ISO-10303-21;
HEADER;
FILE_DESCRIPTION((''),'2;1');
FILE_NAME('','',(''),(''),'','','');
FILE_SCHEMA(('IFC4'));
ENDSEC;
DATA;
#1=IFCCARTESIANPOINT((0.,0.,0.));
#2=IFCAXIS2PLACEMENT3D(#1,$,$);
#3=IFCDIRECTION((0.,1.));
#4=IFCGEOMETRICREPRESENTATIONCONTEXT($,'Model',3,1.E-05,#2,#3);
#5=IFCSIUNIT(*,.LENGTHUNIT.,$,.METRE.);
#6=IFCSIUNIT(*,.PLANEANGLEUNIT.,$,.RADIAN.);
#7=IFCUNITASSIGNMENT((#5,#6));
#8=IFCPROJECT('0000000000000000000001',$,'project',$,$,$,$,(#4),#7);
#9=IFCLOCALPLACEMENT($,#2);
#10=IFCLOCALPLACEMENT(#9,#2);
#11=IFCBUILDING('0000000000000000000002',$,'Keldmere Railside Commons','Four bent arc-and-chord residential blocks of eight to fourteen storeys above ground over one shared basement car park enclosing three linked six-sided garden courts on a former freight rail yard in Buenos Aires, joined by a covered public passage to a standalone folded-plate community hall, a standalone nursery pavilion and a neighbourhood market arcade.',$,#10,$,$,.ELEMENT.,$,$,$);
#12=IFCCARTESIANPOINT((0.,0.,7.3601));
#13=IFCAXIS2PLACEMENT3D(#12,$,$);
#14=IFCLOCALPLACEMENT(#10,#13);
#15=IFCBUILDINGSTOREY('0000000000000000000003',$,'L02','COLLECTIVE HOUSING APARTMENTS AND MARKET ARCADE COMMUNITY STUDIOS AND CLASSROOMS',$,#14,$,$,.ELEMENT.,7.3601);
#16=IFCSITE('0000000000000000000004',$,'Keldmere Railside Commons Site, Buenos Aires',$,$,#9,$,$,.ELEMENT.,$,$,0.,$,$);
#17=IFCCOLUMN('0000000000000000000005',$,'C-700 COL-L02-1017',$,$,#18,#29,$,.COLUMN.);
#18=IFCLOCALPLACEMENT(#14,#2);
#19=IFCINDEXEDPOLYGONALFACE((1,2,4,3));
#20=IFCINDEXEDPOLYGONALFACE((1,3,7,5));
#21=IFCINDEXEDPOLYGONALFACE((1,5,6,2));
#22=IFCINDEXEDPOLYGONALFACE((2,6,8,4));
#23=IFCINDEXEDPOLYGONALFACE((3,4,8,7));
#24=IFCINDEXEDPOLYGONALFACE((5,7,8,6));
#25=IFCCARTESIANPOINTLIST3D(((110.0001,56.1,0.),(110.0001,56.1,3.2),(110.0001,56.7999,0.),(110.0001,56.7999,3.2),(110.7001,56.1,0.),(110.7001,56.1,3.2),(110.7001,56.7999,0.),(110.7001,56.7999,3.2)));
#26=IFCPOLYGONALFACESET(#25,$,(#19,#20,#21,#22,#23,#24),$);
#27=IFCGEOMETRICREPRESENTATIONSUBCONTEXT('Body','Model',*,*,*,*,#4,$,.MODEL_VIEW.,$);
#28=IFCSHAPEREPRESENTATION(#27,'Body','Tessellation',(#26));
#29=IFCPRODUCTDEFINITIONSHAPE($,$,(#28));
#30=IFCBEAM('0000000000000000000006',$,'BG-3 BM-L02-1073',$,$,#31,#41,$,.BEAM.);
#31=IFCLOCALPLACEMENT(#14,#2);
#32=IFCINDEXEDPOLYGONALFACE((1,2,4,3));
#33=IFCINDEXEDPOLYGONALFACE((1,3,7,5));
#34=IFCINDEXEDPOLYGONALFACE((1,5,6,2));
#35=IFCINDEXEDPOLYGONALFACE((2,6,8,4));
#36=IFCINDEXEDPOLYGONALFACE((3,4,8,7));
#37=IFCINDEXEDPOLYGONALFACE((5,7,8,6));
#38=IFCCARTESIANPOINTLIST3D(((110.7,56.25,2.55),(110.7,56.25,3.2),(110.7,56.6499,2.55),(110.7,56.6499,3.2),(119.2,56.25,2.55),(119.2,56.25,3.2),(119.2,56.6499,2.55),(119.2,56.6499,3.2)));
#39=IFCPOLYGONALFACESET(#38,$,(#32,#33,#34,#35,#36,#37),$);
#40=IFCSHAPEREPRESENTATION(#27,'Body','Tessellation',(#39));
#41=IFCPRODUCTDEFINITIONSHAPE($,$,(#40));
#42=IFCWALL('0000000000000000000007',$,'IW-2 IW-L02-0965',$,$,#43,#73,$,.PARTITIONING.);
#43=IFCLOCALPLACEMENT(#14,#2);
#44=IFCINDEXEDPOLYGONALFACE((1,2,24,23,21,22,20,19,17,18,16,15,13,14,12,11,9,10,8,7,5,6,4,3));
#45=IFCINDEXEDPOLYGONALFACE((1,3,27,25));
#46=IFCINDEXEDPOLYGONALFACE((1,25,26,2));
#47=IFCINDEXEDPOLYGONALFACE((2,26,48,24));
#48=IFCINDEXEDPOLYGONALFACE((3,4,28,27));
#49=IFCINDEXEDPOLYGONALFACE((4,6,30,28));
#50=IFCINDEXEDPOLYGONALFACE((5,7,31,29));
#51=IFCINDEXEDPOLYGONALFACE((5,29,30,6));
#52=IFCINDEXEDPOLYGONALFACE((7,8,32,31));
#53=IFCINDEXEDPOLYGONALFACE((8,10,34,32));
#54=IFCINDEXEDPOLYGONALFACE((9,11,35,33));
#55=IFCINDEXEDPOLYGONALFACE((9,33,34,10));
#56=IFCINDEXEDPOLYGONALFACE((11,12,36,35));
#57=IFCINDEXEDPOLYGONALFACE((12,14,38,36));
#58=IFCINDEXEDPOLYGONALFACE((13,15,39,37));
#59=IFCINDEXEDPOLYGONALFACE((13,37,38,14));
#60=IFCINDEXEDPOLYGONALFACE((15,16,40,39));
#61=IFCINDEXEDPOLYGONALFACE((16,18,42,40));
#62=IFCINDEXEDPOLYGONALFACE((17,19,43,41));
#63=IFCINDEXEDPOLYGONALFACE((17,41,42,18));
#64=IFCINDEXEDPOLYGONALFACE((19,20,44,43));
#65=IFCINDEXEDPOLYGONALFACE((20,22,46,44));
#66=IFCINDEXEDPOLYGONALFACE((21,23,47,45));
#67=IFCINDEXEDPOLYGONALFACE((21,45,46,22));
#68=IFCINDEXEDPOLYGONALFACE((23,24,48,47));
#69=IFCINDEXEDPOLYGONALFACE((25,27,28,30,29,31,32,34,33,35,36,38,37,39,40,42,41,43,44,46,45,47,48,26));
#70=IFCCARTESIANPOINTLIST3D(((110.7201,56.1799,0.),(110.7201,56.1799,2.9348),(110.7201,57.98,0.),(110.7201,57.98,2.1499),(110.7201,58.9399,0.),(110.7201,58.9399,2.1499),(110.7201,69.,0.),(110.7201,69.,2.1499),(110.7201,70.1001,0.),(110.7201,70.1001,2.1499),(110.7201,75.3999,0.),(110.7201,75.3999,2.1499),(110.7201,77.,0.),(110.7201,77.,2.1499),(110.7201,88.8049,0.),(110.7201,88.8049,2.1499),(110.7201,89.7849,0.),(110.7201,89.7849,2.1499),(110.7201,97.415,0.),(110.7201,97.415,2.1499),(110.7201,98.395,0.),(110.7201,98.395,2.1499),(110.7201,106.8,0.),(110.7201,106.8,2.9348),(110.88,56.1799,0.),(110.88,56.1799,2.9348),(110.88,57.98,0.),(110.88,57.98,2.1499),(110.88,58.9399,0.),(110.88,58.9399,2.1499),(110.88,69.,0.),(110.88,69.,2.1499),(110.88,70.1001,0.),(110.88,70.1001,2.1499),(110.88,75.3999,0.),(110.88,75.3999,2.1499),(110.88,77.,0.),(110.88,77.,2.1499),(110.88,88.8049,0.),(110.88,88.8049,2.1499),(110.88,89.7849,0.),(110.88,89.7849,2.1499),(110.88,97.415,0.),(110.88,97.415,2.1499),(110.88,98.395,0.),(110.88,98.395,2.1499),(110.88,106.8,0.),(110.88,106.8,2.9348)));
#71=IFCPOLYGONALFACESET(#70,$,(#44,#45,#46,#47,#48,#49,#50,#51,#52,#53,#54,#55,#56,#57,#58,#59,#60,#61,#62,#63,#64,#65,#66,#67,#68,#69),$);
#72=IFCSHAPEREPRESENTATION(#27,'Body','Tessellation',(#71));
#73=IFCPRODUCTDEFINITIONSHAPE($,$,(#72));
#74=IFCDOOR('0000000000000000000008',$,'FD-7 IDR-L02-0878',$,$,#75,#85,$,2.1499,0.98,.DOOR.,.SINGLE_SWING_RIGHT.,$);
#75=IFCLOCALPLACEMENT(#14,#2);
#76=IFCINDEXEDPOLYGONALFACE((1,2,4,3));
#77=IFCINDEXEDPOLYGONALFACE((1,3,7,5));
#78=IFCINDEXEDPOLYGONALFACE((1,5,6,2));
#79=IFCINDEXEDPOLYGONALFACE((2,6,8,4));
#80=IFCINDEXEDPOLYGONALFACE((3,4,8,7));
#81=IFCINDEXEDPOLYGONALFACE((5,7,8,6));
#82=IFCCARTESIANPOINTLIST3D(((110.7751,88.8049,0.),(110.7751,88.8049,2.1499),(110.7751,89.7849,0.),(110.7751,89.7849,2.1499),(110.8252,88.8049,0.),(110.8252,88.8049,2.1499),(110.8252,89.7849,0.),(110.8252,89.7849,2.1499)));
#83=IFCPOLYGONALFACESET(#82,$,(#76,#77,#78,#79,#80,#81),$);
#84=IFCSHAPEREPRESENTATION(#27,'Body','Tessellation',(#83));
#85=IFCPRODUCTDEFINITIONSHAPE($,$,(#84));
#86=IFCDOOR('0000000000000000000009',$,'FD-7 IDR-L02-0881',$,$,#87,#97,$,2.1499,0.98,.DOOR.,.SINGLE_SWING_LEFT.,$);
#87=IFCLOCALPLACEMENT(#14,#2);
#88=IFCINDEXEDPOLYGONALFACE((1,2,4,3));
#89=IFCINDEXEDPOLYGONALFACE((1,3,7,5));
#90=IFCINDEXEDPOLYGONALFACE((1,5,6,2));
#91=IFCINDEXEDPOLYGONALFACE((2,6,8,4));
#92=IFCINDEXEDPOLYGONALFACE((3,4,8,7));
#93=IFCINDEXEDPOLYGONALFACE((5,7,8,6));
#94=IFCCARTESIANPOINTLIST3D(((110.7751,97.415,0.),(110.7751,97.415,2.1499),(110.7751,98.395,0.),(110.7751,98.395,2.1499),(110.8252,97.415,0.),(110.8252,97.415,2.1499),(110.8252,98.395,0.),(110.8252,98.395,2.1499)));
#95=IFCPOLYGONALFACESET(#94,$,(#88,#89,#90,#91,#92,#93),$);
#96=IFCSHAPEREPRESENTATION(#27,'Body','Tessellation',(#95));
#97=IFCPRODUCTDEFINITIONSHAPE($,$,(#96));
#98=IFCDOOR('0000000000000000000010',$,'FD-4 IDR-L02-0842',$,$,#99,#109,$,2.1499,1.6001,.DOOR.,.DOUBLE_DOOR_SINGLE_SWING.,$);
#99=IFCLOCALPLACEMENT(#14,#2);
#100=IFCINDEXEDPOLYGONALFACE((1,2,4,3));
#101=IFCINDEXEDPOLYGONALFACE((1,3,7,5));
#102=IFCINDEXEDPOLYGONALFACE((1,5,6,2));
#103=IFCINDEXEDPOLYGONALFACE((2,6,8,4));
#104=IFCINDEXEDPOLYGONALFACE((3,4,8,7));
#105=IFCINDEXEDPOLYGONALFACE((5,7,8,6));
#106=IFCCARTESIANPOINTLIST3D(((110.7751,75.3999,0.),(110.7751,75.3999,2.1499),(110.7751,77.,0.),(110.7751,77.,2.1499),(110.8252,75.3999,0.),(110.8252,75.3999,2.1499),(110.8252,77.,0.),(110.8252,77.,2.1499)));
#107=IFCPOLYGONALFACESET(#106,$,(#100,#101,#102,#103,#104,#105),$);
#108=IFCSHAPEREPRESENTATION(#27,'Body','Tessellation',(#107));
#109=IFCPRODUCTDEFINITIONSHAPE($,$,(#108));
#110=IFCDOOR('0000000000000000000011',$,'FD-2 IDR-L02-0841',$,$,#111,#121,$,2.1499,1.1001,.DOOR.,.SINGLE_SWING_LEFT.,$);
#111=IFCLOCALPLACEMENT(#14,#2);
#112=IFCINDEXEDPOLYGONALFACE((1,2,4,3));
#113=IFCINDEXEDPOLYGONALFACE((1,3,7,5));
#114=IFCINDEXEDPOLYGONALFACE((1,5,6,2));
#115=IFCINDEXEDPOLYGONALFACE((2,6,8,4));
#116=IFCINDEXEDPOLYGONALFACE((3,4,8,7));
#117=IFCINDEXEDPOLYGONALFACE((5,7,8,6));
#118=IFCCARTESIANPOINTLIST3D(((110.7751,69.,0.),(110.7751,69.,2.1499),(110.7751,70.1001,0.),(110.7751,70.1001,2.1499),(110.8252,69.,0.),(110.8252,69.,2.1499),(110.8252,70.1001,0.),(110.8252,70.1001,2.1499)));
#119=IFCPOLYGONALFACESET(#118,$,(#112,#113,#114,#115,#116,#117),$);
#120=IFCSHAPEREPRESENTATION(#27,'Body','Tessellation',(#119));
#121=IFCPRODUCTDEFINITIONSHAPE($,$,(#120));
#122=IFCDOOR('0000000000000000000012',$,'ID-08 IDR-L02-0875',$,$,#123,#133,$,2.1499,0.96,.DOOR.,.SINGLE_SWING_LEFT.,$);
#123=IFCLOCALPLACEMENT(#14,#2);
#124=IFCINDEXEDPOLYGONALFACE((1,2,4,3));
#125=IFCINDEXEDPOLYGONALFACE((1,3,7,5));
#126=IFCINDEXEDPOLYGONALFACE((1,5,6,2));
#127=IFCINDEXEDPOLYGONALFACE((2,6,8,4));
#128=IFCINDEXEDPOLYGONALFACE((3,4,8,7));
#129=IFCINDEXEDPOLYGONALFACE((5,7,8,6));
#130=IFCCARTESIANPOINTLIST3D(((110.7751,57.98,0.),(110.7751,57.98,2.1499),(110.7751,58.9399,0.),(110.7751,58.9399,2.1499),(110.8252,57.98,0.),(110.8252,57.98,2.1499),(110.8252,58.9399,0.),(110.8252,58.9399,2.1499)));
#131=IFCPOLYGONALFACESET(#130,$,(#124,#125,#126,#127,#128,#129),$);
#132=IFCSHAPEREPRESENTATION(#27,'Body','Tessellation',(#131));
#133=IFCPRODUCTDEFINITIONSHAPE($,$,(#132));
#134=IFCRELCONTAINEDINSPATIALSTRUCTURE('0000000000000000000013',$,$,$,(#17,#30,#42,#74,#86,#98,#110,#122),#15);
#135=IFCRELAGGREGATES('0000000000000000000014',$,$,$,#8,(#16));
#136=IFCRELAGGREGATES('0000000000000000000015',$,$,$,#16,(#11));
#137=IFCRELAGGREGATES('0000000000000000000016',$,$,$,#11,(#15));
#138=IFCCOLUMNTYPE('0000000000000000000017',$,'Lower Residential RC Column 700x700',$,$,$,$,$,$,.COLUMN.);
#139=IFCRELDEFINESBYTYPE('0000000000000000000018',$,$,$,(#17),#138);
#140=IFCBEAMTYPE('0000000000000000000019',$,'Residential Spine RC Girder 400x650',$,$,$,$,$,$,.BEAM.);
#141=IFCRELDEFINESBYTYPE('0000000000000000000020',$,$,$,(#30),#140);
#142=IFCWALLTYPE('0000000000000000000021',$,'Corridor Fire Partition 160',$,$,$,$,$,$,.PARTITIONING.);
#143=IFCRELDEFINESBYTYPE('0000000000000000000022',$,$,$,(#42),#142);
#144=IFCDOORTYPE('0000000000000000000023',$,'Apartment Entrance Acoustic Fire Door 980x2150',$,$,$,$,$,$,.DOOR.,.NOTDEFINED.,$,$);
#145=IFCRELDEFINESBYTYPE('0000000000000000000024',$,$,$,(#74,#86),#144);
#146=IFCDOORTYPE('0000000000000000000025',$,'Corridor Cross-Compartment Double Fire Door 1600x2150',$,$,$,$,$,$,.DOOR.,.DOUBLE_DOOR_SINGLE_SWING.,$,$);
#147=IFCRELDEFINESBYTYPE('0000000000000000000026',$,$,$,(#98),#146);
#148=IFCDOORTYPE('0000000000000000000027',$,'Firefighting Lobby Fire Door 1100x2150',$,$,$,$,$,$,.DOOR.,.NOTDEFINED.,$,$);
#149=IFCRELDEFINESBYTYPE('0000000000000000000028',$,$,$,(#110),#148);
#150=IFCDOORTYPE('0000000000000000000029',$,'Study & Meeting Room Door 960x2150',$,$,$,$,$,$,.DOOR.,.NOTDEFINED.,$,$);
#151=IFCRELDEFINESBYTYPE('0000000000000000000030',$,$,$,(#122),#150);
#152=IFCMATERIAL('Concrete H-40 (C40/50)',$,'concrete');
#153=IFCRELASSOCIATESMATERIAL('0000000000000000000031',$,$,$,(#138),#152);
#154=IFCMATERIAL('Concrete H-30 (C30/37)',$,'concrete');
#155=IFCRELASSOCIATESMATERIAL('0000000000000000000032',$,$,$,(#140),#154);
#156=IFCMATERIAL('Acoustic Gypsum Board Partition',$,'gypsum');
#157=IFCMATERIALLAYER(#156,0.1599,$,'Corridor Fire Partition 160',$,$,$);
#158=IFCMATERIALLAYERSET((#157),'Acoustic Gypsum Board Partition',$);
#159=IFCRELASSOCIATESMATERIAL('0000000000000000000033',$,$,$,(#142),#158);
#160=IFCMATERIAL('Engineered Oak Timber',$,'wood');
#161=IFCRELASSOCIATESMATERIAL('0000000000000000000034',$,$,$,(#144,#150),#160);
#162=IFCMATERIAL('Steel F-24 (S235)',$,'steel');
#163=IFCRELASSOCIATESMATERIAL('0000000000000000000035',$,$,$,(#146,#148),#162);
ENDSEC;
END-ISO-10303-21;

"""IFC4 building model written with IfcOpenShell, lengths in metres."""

from ifc_helpers import new_model, si_unit, direction, frame, frame_2d, origin, origin_2d, place, context, subcontext, project, spatial, rectangle, extrude, material, layer, layer_set, material_profile, profile_set, type_object, element, fill, save


model = new_model("IFC4")

# Units and contexts
model_context = context("Model", 3, precision=1e-05, world=origin(), true_north=direction((0.0, 1.0)))
body_context = subcontext(model_context, "Body", "Model", "MODEL_VIEW")
ifc_project = project(units=[si_unit("LENGTHUNIT", "METRE"), si_unit("PLANEANGLEUNIT", "RADIAN")], contexts=[model_context])

# Site, building, storey
site_placement = place(None, origin())
site = spatial("IfcSite", under=ifc_project, at=site_placement, Name="Keldmere Railside Commons Site, Buenos Aires", CompositionType="ELEMENT", RefElevation=0.0)
building_placement = place(site_placement, origin())
building = spatial("IfcBuilding", under=site, at=building_placement, Name="Keldmere Railside Commons", Description="Four bent arc-and-chord residential blocks of eight to fourteen storeys above ground over one shared basement car park enclosing three linked six-sided garden courts on a former freight rail yard in Buenos Aires, joined by a covered public passage to a standalone folded-plate community hall, a standalone nursery pavilion and a neighbourhood market arcade.", CompositionType="ELEMENT")
storey_placement = place(building_placement, frame((0.0, 0.0, 7.3601)))
storey = spatial("IfcBuildingStorey", under=building, at=storey_placement, Name="L02", Description="COLLECTIVE HOUSING APARTMENTS AND MARKET ARCADE COMMUNITY STUDIOS AND CLASSROOMS", CompositionType="ELEMENT", Elevation=7.3601)

# Column
ifc_material_1 = material(Name="Concrete H-40 (C40/50)", Category="concrete")
ifc_material_profile_1 = material_profile(ifc_material_1, rectangle(XDim=0.7, YDim=0.7, at=origin_2d()), Name="RC-700x700")
ifc_profile_set_1 = profile_set([ifc_material_profile_1], Name="Concrete H-40 (C40/50)")
column_type = type_object("IfcColumnType", Name="Lower Residential RC Column 700x700", PredefinedType="COLUMN", material=ifc_profile_set_1)
column_placement = place(storey_placement, frame((110.3501, 56.45, 0.0), z_axis=(0.0, 0.0, 1.0), x_axis=(1.0, 0.0, 0.0)))
element("IfcColumn", 1, at=column_placement, inside=storey, type_object=column_type, Name="C-700 COL-L02-1017", PredefinedType="COLUMN", context=body_context, shape_type="SweptSolid", body=[
    extrude(rectangle(XDim=0.7, YDim=0.7, at=origin_2d()), origin(), (0.0, 0.0, 1.0), 3.2),
])

# Beam
ifc_material_2 = material(Name="Concrete H-30 (C30/37)", Category="concrete")
ifc_material_profile_2 = material_profile(ifc_material_2, rectangle(XDim=0.3999, YDim=0.6499, at=origin_2d()), Name="RC-400x650")
ifc_profile_set_2 = profile_set([ifc_material_profile_2], Name="Concrete H-30 (C30/37)")
beam_type = type_object("IfcBeamType", Name="Residential Spine RC Girder 400x650", PredefinedType="BEAM", material=ifc_profile_set_2)
beam_placement = place(storey_placement, frame((110.7, 56.45, 2.875), z_axis=(1.0, 0.0, 0.0), x_axis=(0.0, 1.0, 0.0)))
element("IfcBeam", 2, at=beam_placement, inside=storey, type_object=beam_type, Name="BG-3 BM-L02-1073", PredefinedType="BEAM", context=body_context, shape_type="SweptSolid", body=[
    extrude(rectangle(XDim=0.3999, YDim=0.6499, at=origin_2d()), origin(), (0.0, 0.0, 1.0), 8.5),
])

# Wall, openings, doors
ifc_material_3 = material(Name="Acoustic Gypsum Board Partition", Category="gypsum")
ifc_layer = layer(ifc_material_3, 0.1599, Name="Corridor Fire Partition 160")
ifc_layer_set = layer_set([ifc_layer], Name="Acoustic Gypsum Board Partition")
wall_type = type_object("IfcWallType", Name="Corridor Fire Partition 160", PredefinedType="PARTITIONING", material=ifc_layer_set)
wall_1_placement = place(storey_placement, frame((110.8, 56.1799, 0.0), z_axis=(0.0, 0.0, 1.0), x_axis=(0.0, 1.0, 0.0)))
wall_1 = element("IfcWall", 3, at=wall_1_placement, inside=storey, type_object=wall_type, Name="IW-2 IW-L02-0965", PredefinedType="PARTITIONING", context=body_context, shape_type="SweptSolid", body=[
    extrude(rectangle(XDim=50.6201, YDim=0.1599, at=frame_2d((25.3101, 0.0))), origin(), (0.0, 0.0, 1.0), 2.9348),
])
opening_1_placement = place(wall_1_placement, frame((12.8201, 0.0, 0.0)))
opening_1 = element("IfcOpeningElement", 4, at=opening_1_placement, cuts=wall_1, PredefinedType="OPENING", context=body_context, shape_type="SweptSolid", body=[
    extrude(rectangle(XDim=1.1001, YDim=2.1499, at=frame_2d((0.55, 1.075))), frame((0.0, 0.0898, 0.0), z_axis=(0.0, -1.0, 0.0), x_axis=(1.0, 0.0, 0.0)), (0.0, 0.0, 1.0), 0.1799),
])
opening_2_placement = place(wall_1_placement, frame((19.22, 0.0, 0.0)))
opening_2 = element("IfcOpeningElement", 5, at=opening_2_placement, cuts=wall_1, PredefinedType="OPENING", context=body_context, shape_type="SweptSolid", body=[
    extrude(rectangle(XDim=1.6001, YDim=2.1499, at=frame_2d((0.8, 1.075))), frame((0.0, 0.0898, 0.0), z_axis=(0.0, -1.0, 0.0), x_axis=(1.0, 0.0, 0.0)), (0.0, 0.0, 1.0), 0.1799),
])
opening_3_placement = place(wall_1_placement, frame((1.8, 0.0, 0.0)))
opening_3 = element("IfcOpeningElement", 6, at=opening_3_placement, cuts=wall_1, PredefinedType="OPENING", context=body_context, shape_type="SweptSolid", body=[
    extrude(rectangle(XDim=0.96, YDim=2.1499, at=frame_2d((0.48, 1.075))), frame((0.0, 0.0898, 0.0), z_axis=(0.0, -1.0, 0.0), x_axis=(1.0, 0.0, 0.0)), (0.0, 0.0, 1.0), 0.1799),
])
opening_4_placement = place(wall_1_placement, frame((32.625, 0.0, 0.0)))
opening_4 = element("IfcOpeningElement", 7, at=opening_4_placement, cuts=wall_1, PredefinedType="OPENING", context=body_context, shape_type="SweptSolid", body=[
    extrude(rectangle(XDim=0.98, YDim=2.1499, at=frame_2d((0.49, 1.075))), frame((0.0, 0.0898, 0.0), z_axis=(0.0, -1.0, 0.0), x_axis=(1.0, 0.0, 0.0)), (0.0, 0.0, 1.0), 0.1799),
])
opening_5_placement = place(wall_1_placement, frame((41.2351, 0.0, 0.0)))
opening_5 = element("IfcOpeningElement", 8, at=opening_5_placement, cuts=wall_1, PredefinedType="OPENING", context=body_context, shape_type="SweptSolid", body=[
    extrude(rectangle(XDim=0.98, YDim=2.1499, at=frame_2d((0.49, 1.075))), frame((0.0, 0.0898, 0.0), z_axis=(0.0, -1.0, 0.0), x_axis=(1.0, 0.0, 0.0)), (0.0, 0.0, 1.0), 0.1799),
])
ifc_material_4 = material(Name="Engineered Oak Timber", Category="wood")
door_type_1 = type_object("IfcDoorType", Name="Apartment Entrance Acoustic Fire Door 980x2150", OperationType="NOTDEFINED", PredefinedType="DOOR", material=ifc_material_4)
door_1_placement = place(opening_4_placement, origin())
door_1 = element("IfcDoor", 9, at=door_1_placement, inside=storey, type_object=door_type_1, Name="FD-7 IDR-L02-0878", OperationType="SINGLE_SWING_RIGHT", OverallHeight=2.1499, OverallWidth=0.98, PredefinedType="DOOR", context=body_context, shape_type="SweptSolid", body=[
    extrude(rectangle(XDim=0.98, YDim=2.1499, at=frame_2d((0.49, 1.075))), frame((0.0, 0.0249, 0.0), z_axis=(0.0, -1.0, 0.0), x_axis=(1.0, 0.0, 0.0)), (0.0, 0.0, 1.0), 0.05),
])
fill(opening_4, door_1)
door_2_placement = place(opening_5_placement, origin())
door_2 = element("IfcDoor", 10, at=door_2_placement, inside=storey, type_object=door_type_1, Name="FD-7 IDR-L02-0881", OperationType="SINGLE_SWING_LEFT", OverallHeight=2.1499, OverallWidth=0.98, PredefinedType="DOOR", context=body_context, shape_type="SweptSolid", body=[
    extrude(rectangle(XDim=0.98, YDim=2.1499, at=frame_2d((0.49, 1.075))), frame((0.0, 0.0249, 0.0), z_axis=(0.0, -1.0, 0.0), x_axis=(1.0, 0.0, 0.0)), (0.0, 0.0, 1.0), 0.05),
])
fill(opening_5, door_2)
ifc_material_5 = material(Name="Steel F-24 (S235)", Category="steel")
door_type_2 = type_object("IfcDoorType", Name="Corridor Cross-Compartment Double Fire Door 1600x2150", OperationType="DOUBLE_DOOR_SINGLE_SWING", PredefinedType="DOOR", material=ifc_material_5)
door_3_placement = place(opening_2_placement, origin())
door_3 = element("IfcDoor", 11, at=door_3_placement, inside=storey, type_object=door_type_2, Name="FD-4 IDR-L02-0842", OperationType="DOUBLE_DOOR_SINGLE_SWING", OverallHeight=2.1499, OverallWidth=1.6001, PredefinedType="DOOR", context=body_context, shape_type="SweptSolid", body=[
    extrude(rectangle(XDim=1.6001, YDim=2.1499, at=frame_2d((0.8, 1.075))), frame((0.0, 0.0249, 0.0), z_axis=(0.0, -1.0, 0.0), x_axis=(1.0, 0.0, 0.0)), (0.0, 0.0, 1.0), 0.05),
])
fill(opening_2, door_3)
door_type_3 = type_object("IfcDoorType", Name="Firefighting Lobby Fire Door 1100x2150", OperationType="NOTDEFINED", PredefinedType="DOOR", material=ifc_material_5)
door_4_placement = place(opening_1_placement, origin())
door_4 = element("IfcDoor", 12, at=door_4_placement, inside=storey, type_object=door_type_3, Name="FD-2 IDR-L02-0841", OperationType="SINGLE_SWING_LEFT", OverallHeight=2.1499, OverallWidth=1.1001, PredefinedType="DOOR", context=body_context, shape_type="SweptSolid", body=[
    extrude(rectangle(XDim=1.1001, YDim=2.1499, at=frame_2d((0.55, 1.075))), frame((0.0, 0.0249, 0.0), z_axis=(0.0, -1.0, 0.0), x_axis=(1.0, 0.0, 0.0)), (0.0, 0.0, 1.0), 0.05),
])
fill(opening_1, door_4)
door_type_4 = type_object("IfcDoorType", Name="Study & Meeting Room Door 960x2150", OperationType="NOTDEFINED", PredefinedType="DOOR", material=ifc_material_4)
door_5_placement = place(opening_3_placement, origin())
door_5 = element("IfcDoor", 13, at=door_5_placement, inside=storey, type_object=door_type_4, Name="ID-08 IDR-L02-0875", OperationType="SINGLE_SWING_LEFT", OverallHeight=2.1499, OverallWidth=0.96, PredefinedType="DOOR", context=body_context, shape_type="SweptSolid", body=[
    extrude(rectangle(XDim=0.96, YDim=2.1499, at=frame_2d((0.48, 1.075))), frame((0.0, 0.0249, 0.0), z_axis=(0.0, -1.0, 0.0), x_axis=(1.0, 0.0, 0.0)), (0.0, 0.0, 1.0), 0.05),
])
fill(opening_3, door_5)

save(model, "model.ifc")
